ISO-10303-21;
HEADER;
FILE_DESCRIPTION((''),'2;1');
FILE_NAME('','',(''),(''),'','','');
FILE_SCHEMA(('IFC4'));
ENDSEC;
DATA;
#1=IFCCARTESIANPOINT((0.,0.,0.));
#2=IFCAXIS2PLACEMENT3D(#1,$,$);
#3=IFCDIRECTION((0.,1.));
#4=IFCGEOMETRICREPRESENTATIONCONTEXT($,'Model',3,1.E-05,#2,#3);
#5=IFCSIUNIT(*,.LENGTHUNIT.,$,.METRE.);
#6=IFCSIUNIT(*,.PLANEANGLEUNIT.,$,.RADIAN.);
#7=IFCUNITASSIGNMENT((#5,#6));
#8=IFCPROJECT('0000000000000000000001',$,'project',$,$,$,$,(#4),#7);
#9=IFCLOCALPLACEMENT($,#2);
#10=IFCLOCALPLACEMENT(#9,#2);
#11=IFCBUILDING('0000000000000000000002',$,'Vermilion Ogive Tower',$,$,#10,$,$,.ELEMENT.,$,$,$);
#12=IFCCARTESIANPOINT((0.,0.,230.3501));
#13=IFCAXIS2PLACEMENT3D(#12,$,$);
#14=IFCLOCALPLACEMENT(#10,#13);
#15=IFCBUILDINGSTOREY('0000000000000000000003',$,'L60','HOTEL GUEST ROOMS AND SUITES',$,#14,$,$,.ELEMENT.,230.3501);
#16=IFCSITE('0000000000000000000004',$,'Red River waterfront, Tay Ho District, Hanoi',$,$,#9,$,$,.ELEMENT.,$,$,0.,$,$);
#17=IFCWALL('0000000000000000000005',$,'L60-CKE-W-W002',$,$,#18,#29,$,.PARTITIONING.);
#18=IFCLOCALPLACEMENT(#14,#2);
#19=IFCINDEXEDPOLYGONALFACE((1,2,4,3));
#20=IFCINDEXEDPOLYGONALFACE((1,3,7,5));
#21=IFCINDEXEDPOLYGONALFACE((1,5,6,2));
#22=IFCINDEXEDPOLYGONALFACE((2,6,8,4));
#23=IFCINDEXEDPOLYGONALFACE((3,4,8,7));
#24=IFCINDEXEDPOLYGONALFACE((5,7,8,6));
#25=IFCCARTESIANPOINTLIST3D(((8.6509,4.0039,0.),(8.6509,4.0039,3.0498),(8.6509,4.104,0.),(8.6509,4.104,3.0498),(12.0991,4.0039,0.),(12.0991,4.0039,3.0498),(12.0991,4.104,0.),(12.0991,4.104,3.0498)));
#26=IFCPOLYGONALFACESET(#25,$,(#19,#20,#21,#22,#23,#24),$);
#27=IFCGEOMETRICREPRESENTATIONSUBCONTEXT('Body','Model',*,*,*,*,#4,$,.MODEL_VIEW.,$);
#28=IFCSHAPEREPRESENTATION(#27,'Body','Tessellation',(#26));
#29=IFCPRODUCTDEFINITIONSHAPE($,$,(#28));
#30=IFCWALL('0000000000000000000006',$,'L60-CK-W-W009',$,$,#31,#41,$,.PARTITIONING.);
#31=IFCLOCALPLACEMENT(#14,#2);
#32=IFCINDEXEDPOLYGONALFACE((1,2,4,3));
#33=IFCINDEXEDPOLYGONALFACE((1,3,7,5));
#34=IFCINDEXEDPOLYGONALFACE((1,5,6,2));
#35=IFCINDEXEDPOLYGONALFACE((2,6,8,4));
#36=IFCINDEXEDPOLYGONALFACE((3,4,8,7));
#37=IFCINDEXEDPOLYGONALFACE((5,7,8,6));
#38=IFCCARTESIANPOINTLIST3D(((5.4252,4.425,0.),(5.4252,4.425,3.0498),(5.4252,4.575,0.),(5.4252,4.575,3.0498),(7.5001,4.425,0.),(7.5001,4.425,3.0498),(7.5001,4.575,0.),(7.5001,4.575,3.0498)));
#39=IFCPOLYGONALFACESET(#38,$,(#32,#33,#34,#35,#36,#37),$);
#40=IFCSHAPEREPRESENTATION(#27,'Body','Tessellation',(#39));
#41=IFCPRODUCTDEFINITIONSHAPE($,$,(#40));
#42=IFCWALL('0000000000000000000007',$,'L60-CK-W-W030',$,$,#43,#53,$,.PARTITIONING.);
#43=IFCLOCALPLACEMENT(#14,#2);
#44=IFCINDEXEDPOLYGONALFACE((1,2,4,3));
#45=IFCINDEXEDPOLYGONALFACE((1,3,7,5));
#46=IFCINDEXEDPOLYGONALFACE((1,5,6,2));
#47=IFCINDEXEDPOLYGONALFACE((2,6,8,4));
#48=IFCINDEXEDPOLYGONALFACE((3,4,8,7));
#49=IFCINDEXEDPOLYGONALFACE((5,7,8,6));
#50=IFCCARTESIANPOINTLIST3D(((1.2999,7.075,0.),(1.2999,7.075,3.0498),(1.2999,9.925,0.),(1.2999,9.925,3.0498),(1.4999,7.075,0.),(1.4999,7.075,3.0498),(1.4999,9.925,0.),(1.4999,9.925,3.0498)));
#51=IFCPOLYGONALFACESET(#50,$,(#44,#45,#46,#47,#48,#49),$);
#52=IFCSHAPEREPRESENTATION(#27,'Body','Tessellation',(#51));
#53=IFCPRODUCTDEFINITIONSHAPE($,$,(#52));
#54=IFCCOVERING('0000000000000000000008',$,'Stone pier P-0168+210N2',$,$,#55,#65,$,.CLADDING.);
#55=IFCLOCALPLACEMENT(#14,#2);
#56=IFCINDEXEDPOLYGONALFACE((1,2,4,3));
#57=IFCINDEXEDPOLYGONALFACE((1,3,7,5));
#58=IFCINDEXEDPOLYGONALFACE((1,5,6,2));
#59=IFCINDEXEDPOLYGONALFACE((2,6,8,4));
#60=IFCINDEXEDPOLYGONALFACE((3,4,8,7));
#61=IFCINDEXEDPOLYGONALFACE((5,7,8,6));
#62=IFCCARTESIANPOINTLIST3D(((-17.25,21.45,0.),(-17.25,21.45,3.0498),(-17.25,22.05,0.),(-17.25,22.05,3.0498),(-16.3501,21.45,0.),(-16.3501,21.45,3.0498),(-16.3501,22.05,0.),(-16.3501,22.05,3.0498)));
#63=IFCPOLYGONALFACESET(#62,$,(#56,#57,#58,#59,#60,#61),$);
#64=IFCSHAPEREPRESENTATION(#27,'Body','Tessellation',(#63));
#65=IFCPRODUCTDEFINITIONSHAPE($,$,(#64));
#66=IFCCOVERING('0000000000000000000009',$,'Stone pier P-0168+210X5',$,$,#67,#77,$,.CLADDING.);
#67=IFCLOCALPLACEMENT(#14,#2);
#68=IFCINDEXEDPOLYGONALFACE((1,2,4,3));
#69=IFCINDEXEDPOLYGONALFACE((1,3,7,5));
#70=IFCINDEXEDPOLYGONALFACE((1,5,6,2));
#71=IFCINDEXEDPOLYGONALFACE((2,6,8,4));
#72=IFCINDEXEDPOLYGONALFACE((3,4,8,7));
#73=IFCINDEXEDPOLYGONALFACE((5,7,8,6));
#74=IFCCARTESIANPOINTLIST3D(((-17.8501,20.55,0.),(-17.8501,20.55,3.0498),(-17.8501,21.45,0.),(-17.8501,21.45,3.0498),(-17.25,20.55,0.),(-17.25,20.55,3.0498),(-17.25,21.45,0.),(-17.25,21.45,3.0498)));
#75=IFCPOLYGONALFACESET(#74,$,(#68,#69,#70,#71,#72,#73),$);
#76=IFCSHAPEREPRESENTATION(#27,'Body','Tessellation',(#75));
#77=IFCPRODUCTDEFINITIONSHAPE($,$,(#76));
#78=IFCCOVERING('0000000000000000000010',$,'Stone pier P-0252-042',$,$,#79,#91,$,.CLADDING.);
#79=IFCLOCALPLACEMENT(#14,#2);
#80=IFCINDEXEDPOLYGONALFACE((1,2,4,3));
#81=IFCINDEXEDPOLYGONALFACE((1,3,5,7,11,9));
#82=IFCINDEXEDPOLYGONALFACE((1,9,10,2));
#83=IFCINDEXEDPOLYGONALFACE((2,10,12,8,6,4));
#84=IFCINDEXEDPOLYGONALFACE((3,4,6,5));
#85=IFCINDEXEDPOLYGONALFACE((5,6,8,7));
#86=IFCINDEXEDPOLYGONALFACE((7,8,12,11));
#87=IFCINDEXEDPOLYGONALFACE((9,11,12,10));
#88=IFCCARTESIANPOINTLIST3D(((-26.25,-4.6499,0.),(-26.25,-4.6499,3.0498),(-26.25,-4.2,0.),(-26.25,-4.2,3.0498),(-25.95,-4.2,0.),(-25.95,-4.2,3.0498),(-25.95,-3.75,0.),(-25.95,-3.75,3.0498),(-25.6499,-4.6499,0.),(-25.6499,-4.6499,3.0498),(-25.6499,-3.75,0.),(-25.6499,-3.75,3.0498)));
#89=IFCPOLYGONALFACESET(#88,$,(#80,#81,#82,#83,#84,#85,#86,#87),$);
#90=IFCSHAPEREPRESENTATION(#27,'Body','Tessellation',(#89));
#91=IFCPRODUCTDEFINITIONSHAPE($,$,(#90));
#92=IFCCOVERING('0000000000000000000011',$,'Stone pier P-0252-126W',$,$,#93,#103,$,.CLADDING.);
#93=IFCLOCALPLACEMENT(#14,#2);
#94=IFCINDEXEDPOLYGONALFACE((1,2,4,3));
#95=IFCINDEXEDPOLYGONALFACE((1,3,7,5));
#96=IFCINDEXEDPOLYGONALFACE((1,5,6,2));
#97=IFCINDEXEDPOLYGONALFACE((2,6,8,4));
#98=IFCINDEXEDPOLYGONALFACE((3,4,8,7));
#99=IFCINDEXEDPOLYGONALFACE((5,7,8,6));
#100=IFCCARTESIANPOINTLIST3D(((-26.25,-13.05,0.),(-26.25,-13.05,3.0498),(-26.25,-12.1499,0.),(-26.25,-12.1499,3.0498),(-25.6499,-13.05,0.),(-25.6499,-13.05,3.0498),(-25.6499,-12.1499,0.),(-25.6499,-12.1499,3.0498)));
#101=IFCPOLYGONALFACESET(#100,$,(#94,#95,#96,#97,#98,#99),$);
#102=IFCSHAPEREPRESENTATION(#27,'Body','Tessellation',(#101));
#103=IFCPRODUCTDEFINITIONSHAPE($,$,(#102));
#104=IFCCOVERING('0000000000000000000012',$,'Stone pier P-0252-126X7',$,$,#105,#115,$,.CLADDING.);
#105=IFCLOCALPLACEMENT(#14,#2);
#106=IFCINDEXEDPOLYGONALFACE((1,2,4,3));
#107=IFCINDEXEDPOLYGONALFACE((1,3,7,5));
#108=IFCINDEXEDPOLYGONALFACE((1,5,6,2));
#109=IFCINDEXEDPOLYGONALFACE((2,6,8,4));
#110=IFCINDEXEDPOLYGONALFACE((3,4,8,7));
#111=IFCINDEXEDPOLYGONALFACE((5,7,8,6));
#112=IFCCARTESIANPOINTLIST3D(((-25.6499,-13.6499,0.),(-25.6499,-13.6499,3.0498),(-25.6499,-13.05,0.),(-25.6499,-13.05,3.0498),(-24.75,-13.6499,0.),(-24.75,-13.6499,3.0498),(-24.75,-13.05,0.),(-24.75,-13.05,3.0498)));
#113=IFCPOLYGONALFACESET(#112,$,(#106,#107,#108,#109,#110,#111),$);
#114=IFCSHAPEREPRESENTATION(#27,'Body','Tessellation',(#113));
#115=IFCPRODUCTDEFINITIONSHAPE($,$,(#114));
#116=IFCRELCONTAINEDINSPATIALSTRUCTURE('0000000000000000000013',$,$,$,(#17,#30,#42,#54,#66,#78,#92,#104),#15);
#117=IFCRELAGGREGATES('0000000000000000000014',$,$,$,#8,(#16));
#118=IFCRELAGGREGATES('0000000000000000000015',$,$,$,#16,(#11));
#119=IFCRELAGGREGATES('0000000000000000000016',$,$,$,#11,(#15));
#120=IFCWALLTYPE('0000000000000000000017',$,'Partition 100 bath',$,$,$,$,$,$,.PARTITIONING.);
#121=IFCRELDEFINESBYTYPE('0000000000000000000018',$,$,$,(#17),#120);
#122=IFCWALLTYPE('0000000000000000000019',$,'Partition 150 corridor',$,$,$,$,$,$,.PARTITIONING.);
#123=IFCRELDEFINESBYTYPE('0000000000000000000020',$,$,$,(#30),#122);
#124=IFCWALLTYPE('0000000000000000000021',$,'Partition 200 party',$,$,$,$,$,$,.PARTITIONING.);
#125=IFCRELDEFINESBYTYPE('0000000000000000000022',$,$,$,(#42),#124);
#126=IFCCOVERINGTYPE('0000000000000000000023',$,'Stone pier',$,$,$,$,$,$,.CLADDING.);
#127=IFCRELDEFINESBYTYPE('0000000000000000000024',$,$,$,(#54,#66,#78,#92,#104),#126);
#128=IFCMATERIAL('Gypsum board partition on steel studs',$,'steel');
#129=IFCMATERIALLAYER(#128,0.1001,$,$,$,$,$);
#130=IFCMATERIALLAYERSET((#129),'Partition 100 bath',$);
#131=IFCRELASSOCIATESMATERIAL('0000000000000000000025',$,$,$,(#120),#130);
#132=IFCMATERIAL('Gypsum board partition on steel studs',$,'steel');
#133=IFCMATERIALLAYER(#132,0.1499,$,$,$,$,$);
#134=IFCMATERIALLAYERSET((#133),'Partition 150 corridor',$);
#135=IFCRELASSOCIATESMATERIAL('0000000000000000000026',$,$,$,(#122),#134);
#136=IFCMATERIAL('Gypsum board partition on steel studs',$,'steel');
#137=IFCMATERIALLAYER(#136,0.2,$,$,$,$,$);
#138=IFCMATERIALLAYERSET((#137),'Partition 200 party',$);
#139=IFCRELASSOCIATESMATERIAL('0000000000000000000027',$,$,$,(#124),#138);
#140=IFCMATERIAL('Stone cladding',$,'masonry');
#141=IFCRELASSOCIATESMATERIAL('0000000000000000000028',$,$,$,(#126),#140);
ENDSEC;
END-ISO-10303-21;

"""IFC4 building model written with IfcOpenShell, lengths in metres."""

from ifc_helpers import new_model, si_unit, direction, frame, frame_2d, origin, place, context, subcontext, project, spatial, polyline, rectangle, outline, extrude, material, layer, layer_set, type_object, element, save


model = new_model("IFC4")

# Units and contexts
model_context = context("Model", 3, precision=1e-05, world=origin(), true_north=direction((0.0, 1.0)))
body_context = subcontext(model_context, "Body", "Model", "MODEL_VIEW")
ifc_project = project(units=[si_unit("LENGTHUNIT", "METRE"), si_unit("PLANEANGLEUNIT", "RADIAN")], contexts=[model_context])

# Site, building, storey
site_placement = place(None, origin())
site = spatial("IfcSite", under=ifc_project, at=site_placement, Name="Red River waterfront, Tay Ho District, Hanoi", CompositionType="ELEMENT", RefElevation=0.0)
building_placement = place(site_placement, origin())
building = spatial("IfcBuilding", under=site, at=building_placement, Name="Vermilion Ogive Tower", CompositionType="ELEMENT")
storey_placement = place(building_placement, frame((0.0, 0.0, 230.3501)))
storey = spatial("IfcBuildingStorey", under=building, at=storey_placement, Name="L60", Description="HOTEL GUEST ROOMS AND SUITES", CompositionType="ELEMENT", Elevation=230.3501)

# Walls
ifc_material_1 = material(Name="Gypsum board partition on steel studs", Category="steel")
ifc_layer_1 = layer(ifc_material_1, 0.1001)
ifc_layer_set_1 = layer_set([ifc_layer_1], Name="Partition 100 bath")
wall_type_1 = type_object("IfcWallType", Name="Partition 100 bath", PredefinedType="PARTITIONING", material=ifc_layer_set_1)
wall_1_placement = place(storey_placement, frame((8.6509, 4.054, 0.0), z_axis=(0.0, 0.0, 1.0), x_axis=(1.0, 0.0, 0.0)))
element("IfcWall", 1, at=wall_1_placement, inside=storey, type_object=wall_type_1, Name="L60-CKE-W-W002", PredefinedType="PARTITIONING", context=body_context, shape_type="SweptSolid", body=[
    extrude(rectangle(XDim=3.4482, YDim=0.1001, at=frame_2d((1.7241, 0.0))), origin(), (0.0, 0.0, 1.0), 3.0498),
])
ifc_material_2 = material(Name="Gypsum board partition on steel studs", Category="steel")
ifc_layer_2 = layer(ifc_material_2, 0.1499)
ifc_layer_set_2 = layer_set([ifc_layer_2], Name="Partition 150 corridor")
wall_type_2 = type_object("IfcWallType", Name="Partition 150 corridor", PredefinedType="PARTITIONING", material=ifc_layer_set_2)
wall_2_placement = place(storey_placement, frame((5.425, 4.5, 0.0), z_axis=(0.0, 0.0, 1.0), x_axis=(1.0, 0.0, 0.0)))
element("IfcWall", 2, at=wall_2_placement, inside=storey, type_object=wall_type_2, Name="L60-CK-W-W009", PredefinedType="PARTITIONING", context=body_context, shape_type="SweptSolid", body=[
    extrude(rectangle(XDim=2.075, YDim=0.1499, at=frame_2d((1.0376, 0.0))), origin(), (0.0, 0.0, 1.0), 3.0498),
])
ifc_material_3 = material(Name="Gypsum board partition on steel studs", Category="steel")
ifc_layer_3 = layer(ifc_material_3, 0.2)
ifc_layer_set_3 = layer_set([ifc_layer_3], Name="Partition 200 party")
wall_type_3 = type_object("IfcWallType", Name="Partition 200 party", PredefinedType="PARTITIONING", material=ifc_layer_set_3)
wall_3_placement = place(storey_placement, frame((1.3999, 7.075, 0.0), z_axis=(0.0, 0.0, 1.0), x_axis=(0.0, 1.0, 0.0)))
element("IfcWall", 3, at=wall_3_placement, inside=storey, type_object=wall_type_3, Name="L60-CK-W-W030", PredefinedType="PARTITIONING", context=body_context, shape_type="SweptSolid", body=[
    extrude(rectangle(XDim=2.8501, YDim=0.2, at=frame_2d((1.425, 0.0))), origin(), (0.0, 0.0, 1.0), 3.0498),
])

# Coverings
ifc_material_4 = material(Name="Stone cladding", Category="masonry")
covering_type = type_object("IfcCoveringType", Name="Stone pier", PredefinedType="CLADDING", material=ifc_material_4)
covering_1_placement = place(storey_placement, origin())
element("IfcCovering", 4, at=covering_1_placement, inside=storey, type_object=covering_type, Name="Stone pier P-0168+210N2", PredefinedType="CLADDING", context=body_context, shape_type="SweptSolid", body=[
    extrude(outline(polyline([(-17.25, 21.45), (-17.25, 22.05), (-16.3501, 22.05), (-16.3501, 21.45), (-17.25, 21.45), (-17.25, 21.45)])), origin(), (0.0, 0.0, 1.0), 3.0498),
])
covering_2_placement = place(storey_placement, origin())
element("IfcCovering", 5, at=covering_2_placement, inside=storey, type_object=covering_type, Name="Stone pier P-0168+210X5", PredefinedType="CLADDING", context=body_context, shape_type="SweptSolid", body=[
    extrude(outline(polyline([(-17.8501, 21.45), (-17.25, 21.45), (-17.25, 21.45), (-17.25, 20.55), (-17.8501, 20.55), (-17.8501, 21.45)])), origin(), (0.0, 0.0, 1.0), 3.0498),
])
covering_3_placement = place(storey_placement, origin())
element("IfcCovering", 6, at=covering_3_placement, inside=storey, type_object=covering_type, Name="Stone pier P-0252-042", PredefinedType="CLADDING", context=body_context, shape_type="SweptSolid", body=[
    extrude(outline(polyline([(-26.25, -4.6499), (-26.25, -4.2), (-25.95, -4.2), (-25.95, -3.75), (-25.6499, -3.75), (-25.6499, -4.6499), (-26.25, -4.6499)])), origin(), (0.0, 0.0, 1.0), 3.0498),
])
covering_4_placement = place(storey_placement, origin())
element("IfcCovering", 7, at=covering_4_placement, inside=storey, type_object=covering_type, Name="Stone pier P-0252-126W", PredefinedType="CLADDING", context=body_context, shape_type="SweptSolid", body=[
    extrude(outline(polyline([(-26.25, -13.05), (-26.25, -12.1499), (-25.6499, -12.1499), (-25.6499, -13.05), (-26.25, -13.05)])), origin(), (0.0, 0.0, 1.0), 3.0498),
])
covering_5_placement = place(storey_placement, origin())
element("IfcCovering", 8, at=covering_5_placement, inside=storey, type_object=covering_type, Name="Stone pier P-0252-126X7", PredefinedType="CLADDING", context=body_context, shape_type="SweptSolid", body=[
    extrude(outline(polyline([(-25.6499, -13.6499), (-25.6499, -13.05), (-24.75, -13.05), (-24.75, -13.6499), (-25.6499, -13.6499)])), origin(), (0.0, 0.0, 1.0), 3.0498),
])

save(model, "model.ifc")
